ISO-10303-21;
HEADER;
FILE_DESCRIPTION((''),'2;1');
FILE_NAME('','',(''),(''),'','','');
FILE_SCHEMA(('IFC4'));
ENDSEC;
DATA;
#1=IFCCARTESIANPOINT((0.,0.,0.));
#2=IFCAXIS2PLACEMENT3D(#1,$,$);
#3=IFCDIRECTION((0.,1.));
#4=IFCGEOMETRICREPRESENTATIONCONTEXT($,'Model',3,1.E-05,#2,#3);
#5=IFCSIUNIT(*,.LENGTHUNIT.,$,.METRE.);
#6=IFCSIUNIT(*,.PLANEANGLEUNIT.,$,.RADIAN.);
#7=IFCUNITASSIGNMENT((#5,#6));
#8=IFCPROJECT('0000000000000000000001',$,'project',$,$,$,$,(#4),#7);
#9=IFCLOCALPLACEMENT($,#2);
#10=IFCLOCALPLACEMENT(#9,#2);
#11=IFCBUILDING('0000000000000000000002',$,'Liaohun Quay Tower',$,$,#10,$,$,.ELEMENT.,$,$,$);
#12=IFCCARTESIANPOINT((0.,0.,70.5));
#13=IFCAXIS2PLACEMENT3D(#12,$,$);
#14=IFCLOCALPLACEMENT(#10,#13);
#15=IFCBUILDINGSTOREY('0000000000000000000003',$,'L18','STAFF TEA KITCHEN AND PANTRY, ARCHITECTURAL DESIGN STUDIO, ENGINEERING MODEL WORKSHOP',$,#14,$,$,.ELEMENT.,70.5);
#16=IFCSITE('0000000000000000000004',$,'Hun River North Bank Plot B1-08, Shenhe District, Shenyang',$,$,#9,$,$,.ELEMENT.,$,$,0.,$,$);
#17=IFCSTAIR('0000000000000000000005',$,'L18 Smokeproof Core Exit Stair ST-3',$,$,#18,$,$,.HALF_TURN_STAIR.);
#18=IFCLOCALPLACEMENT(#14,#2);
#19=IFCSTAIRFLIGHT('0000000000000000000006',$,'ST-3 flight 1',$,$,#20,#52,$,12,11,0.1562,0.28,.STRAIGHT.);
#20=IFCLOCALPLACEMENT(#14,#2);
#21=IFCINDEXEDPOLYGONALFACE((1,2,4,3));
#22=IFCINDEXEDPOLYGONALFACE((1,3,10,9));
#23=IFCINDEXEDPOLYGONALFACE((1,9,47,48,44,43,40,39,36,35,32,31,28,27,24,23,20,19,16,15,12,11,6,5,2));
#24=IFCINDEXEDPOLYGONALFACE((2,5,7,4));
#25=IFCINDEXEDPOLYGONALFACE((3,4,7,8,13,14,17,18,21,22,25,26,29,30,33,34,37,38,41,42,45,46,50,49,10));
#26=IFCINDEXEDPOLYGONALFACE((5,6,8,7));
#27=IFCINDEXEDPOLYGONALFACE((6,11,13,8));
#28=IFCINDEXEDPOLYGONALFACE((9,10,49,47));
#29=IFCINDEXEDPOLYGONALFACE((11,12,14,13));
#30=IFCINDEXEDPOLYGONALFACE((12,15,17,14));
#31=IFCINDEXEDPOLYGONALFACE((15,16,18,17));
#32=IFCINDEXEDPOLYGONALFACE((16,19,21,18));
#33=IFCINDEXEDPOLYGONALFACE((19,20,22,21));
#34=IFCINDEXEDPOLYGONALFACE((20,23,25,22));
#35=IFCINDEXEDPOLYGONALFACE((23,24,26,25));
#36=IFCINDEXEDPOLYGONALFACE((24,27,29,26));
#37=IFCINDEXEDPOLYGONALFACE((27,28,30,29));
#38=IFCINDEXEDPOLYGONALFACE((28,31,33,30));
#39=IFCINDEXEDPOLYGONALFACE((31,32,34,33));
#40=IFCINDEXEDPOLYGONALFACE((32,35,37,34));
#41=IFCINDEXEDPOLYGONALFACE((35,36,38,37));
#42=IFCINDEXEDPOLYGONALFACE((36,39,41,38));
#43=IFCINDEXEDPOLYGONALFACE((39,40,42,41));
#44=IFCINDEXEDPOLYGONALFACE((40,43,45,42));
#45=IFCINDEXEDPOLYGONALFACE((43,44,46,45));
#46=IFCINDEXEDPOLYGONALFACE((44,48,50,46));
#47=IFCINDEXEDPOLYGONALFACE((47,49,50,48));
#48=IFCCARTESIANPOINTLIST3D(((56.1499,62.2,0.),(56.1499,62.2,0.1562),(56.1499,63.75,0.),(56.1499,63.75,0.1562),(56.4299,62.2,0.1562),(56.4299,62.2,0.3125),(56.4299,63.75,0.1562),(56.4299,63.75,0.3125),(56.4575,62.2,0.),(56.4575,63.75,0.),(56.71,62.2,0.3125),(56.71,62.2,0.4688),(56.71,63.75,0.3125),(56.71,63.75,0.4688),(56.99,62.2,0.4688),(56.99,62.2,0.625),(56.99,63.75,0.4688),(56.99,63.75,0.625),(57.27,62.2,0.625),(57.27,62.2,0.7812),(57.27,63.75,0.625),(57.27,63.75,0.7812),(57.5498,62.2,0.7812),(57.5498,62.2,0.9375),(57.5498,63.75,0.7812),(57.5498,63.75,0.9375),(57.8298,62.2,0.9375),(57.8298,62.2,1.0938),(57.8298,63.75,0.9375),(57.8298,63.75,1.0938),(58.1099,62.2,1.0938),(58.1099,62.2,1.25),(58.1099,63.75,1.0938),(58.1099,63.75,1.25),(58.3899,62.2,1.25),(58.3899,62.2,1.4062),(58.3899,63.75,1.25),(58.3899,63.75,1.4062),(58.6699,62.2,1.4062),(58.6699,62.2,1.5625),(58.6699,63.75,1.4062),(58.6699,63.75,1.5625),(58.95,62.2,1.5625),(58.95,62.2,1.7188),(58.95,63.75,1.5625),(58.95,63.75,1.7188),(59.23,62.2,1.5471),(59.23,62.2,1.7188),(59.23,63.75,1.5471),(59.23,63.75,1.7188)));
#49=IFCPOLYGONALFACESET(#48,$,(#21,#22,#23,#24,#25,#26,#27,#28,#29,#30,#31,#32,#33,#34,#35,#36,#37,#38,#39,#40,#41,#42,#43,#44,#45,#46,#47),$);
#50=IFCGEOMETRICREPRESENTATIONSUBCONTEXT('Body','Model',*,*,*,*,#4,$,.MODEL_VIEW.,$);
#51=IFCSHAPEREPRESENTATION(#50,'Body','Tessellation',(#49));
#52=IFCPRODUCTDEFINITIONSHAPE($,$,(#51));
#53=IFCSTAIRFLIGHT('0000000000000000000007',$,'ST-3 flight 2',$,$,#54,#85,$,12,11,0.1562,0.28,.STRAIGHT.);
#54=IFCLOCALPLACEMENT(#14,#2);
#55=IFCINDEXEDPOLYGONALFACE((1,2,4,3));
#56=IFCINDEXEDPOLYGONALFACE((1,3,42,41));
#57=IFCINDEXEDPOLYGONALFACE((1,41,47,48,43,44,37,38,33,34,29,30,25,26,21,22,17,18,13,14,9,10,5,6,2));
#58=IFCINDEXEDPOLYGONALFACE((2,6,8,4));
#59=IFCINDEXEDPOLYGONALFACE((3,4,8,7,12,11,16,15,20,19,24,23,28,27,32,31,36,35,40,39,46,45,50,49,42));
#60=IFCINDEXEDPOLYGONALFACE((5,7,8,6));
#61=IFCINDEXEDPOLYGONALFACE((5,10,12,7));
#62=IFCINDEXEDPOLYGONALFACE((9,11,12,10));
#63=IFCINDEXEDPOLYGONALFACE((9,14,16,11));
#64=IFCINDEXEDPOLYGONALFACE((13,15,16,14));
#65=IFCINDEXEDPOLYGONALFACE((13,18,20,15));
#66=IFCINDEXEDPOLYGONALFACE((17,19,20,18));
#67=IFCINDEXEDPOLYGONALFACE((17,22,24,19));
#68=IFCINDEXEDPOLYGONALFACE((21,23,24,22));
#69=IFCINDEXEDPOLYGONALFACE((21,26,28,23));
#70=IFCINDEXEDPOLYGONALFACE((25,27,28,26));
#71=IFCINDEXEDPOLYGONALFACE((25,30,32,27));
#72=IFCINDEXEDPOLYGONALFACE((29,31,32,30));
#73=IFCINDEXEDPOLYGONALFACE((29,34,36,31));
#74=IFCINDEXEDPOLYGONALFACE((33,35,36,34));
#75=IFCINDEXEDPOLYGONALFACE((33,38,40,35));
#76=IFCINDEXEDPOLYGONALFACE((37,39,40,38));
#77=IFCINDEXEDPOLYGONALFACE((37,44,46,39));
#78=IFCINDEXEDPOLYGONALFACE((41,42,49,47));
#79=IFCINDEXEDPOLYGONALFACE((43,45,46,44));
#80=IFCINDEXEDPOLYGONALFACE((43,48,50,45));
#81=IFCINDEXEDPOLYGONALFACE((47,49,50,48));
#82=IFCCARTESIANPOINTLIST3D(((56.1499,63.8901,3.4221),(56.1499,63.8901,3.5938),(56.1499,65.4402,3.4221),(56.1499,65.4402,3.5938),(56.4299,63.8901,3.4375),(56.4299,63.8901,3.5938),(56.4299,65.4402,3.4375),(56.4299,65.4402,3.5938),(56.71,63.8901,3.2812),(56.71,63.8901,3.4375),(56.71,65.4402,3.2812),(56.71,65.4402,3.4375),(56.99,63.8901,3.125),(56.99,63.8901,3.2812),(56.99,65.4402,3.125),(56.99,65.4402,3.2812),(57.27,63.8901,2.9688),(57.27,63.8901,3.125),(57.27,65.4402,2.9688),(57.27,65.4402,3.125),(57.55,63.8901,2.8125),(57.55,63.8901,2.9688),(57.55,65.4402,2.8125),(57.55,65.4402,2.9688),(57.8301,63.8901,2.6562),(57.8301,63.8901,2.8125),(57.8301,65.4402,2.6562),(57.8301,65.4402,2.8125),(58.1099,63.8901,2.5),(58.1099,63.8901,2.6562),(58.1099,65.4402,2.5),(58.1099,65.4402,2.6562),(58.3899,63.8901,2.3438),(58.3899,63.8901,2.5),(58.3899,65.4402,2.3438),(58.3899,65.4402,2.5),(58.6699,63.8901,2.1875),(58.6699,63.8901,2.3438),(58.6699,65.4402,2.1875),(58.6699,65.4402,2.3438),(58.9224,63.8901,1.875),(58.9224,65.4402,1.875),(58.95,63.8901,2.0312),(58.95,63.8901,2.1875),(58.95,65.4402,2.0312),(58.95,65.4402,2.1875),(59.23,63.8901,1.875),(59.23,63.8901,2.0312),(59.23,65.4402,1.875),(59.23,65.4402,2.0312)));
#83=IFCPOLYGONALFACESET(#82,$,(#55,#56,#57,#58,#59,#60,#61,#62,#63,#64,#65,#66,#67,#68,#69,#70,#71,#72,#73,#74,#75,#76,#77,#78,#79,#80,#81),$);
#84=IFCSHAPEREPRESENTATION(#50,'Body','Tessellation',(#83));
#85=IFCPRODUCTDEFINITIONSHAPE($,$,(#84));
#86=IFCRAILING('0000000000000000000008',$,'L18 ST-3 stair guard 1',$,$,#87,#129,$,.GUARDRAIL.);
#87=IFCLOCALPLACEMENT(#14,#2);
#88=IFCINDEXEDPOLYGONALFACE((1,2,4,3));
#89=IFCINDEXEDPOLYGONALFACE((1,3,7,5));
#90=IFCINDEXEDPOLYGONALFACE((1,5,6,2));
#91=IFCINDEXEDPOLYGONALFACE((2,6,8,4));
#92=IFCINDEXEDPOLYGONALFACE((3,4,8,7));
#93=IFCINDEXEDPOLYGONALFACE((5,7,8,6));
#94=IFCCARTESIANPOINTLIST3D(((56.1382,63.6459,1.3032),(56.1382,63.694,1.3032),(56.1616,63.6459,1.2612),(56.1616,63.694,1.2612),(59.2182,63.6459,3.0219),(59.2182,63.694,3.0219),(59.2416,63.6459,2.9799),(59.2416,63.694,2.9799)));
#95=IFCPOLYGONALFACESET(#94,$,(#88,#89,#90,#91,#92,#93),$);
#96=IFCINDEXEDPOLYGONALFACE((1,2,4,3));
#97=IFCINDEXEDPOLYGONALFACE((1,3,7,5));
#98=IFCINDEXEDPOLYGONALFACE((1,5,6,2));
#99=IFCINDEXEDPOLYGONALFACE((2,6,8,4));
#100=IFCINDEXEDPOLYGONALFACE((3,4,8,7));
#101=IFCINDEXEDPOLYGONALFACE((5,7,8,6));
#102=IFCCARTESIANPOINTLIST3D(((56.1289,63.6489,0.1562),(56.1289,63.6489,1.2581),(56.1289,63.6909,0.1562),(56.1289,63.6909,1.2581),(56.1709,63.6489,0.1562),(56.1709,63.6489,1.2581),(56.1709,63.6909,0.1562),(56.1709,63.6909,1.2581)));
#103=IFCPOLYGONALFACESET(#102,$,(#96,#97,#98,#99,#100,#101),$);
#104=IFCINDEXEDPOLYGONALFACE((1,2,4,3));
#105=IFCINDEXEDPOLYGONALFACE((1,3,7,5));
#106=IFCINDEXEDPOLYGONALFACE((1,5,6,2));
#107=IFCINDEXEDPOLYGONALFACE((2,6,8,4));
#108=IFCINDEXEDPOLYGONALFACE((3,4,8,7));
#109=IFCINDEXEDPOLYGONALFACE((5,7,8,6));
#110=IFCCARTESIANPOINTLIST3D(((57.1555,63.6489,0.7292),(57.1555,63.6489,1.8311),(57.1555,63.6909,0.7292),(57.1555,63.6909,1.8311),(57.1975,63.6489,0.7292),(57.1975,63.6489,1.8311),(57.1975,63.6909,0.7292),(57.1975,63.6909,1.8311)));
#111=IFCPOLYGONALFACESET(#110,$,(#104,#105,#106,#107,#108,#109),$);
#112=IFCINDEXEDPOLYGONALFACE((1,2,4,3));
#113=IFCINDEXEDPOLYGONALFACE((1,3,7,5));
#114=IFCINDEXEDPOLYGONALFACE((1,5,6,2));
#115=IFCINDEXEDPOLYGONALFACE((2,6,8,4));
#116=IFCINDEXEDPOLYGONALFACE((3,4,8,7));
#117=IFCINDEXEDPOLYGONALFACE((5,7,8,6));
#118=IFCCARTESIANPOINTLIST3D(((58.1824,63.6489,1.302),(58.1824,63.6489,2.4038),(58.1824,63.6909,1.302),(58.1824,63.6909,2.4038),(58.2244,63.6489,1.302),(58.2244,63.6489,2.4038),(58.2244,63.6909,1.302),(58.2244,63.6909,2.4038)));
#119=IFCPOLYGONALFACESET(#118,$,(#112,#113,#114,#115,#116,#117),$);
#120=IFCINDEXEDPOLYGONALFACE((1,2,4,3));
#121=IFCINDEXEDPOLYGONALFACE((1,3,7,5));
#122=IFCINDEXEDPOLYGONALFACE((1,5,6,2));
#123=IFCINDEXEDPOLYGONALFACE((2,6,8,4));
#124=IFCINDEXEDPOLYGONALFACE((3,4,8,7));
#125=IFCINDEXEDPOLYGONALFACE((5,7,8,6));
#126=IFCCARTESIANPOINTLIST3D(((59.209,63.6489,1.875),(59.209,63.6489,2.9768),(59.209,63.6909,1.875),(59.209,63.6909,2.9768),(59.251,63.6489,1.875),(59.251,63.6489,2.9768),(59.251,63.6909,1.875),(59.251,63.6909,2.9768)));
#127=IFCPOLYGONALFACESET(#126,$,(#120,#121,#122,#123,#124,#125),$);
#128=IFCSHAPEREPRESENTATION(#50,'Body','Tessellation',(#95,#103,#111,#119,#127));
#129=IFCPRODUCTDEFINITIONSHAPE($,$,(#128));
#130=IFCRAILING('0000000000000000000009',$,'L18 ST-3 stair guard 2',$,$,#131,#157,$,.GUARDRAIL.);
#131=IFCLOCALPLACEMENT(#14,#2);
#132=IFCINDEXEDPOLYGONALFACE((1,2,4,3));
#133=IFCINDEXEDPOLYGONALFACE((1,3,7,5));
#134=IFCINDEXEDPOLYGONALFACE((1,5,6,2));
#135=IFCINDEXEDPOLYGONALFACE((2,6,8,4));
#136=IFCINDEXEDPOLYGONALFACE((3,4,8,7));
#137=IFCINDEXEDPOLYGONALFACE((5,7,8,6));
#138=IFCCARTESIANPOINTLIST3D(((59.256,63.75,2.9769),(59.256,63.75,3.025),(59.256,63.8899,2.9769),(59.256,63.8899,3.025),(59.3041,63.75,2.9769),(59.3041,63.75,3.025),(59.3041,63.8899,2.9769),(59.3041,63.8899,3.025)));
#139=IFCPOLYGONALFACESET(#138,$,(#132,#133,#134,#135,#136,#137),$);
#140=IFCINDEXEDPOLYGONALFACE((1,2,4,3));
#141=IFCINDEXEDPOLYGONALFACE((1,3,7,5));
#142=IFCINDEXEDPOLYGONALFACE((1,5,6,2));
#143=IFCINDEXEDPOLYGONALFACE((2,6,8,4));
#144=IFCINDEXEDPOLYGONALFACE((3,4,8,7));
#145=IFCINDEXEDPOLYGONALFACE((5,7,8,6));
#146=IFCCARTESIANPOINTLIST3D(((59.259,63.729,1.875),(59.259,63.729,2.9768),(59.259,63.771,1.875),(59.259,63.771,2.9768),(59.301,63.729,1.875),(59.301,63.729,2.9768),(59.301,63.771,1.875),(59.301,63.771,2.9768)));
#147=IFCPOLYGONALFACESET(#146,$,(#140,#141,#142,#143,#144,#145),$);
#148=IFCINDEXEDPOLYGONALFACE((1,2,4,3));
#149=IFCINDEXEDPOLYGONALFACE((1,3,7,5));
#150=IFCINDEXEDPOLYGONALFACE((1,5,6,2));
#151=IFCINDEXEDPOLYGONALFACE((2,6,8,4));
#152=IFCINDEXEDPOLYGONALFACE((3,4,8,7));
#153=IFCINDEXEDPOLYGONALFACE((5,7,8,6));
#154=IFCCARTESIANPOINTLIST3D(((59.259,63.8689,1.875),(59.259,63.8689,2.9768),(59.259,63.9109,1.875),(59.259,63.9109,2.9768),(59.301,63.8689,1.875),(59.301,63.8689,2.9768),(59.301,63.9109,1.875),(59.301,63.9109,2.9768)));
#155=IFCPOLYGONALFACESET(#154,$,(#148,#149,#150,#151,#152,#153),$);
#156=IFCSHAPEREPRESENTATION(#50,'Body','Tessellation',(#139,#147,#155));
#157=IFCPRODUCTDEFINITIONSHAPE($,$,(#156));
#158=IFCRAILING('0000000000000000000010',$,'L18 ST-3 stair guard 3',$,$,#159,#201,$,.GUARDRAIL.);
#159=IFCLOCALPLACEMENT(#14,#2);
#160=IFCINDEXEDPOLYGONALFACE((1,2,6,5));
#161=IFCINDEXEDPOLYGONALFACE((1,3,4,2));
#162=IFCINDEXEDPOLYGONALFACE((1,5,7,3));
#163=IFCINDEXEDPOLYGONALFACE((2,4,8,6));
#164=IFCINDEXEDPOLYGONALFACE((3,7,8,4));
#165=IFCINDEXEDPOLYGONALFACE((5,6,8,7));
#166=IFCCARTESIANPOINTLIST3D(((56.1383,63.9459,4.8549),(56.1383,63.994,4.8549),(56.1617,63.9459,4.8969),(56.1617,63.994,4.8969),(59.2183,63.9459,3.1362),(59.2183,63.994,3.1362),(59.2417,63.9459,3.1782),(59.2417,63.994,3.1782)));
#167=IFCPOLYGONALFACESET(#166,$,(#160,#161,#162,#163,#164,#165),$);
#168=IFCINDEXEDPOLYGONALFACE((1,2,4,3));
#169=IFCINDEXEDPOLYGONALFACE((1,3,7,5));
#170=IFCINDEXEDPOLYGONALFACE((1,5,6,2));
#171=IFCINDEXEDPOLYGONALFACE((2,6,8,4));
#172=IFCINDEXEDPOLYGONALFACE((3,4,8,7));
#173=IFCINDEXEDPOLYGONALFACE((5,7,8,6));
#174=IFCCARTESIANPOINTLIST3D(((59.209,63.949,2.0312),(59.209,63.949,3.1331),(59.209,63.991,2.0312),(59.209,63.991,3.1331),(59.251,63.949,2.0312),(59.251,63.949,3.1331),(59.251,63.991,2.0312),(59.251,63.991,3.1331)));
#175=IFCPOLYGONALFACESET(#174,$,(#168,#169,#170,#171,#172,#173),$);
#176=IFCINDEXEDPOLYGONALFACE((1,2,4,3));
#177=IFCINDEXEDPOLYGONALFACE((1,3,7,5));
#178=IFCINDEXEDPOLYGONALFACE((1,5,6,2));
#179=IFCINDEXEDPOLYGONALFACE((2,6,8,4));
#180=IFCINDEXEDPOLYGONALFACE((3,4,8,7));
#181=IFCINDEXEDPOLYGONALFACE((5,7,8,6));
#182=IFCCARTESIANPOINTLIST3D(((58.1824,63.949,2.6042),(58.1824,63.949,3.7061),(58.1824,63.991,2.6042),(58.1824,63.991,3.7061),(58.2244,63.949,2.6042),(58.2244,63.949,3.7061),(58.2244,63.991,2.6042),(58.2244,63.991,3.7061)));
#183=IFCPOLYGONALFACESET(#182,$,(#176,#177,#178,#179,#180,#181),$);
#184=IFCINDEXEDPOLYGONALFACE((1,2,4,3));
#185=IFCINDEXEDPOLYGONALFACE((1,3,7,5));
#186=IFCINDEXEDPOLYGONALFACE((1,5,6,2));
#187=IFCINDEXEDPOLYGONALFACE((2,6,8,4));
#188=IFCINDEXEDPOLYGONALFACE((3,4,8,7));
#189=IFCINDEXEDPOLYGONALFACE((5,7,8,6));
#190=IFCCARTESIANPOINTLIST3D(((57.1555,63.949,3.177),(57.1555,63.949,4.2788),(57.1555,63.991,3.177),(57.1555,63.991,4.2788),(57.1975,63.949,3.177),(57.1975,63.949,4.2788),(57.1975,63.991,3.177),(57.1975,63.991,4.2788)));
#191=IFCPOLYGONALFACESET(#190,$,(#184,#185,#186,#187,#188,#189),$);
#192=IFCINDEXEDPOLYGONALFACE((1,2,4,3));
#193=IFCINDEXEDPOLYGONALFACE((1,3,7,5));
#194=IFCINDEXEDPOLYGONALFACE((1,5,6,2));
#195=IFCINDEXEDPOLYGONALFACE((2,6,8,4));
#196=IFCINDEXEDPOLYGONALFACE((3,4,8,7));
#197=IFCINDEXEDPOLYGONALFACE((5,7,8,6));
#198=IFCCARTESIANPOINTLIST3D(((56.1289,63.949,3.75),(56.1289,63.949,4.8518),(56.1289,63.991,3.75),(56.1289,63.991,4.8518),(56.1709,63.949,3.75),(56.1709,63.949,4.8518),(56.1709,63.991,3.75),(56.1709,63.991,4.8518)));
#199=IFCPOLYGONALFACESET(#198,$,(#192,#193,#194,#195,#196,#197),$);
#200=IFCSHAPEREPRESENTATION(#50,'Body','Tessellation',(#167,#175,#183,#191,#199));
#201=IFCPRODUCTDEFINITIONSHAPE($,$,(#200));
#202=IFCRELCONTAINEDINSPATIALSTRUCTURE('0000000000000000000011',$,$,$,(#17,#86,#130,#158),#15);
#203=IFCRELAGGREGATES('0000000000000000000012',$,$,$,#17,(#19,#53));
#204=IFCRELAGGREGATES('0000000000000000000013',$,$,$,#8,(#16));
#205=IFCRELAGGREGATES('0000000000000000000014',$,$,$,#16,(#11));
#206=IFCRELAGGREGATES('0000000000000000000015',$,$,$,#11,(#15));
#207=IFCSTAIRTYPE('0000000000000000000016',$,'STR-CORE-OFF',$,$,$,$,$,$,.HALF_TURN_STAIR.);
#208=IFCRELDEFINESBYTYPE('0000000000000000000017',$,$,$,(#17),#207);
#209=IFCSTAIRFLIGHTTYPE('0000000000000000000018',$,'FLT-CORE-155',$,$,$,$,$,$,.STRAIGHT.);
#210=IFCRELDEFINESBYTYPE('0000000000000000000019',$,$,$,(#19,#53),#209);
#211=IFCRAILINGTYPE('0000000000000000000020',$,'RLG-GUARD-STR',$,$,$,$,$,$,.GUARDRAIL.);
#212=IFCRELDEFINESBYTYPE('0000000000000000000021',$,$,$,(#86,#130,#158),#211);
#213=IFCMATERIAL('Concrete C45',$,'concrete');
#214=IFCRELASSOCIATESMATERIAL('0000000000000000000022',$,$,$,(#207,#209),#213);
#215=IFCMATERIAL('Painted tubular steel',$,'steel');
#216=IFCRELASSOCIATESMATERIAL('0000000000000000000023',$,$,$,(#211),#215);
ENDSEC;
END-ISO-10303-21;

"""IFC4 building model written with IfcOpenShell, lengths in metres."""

from ifc_helpers import new_model, si_unit, direction, frame, origin, origin_2d, place, context, subcontext, project, spatial, polyline, rectangle, outline, extrude, material, type_object, element, aggregate, save


model = new_model("IFC4")

# Units and contexts
model_context = context("Model", 3, precision=1e-05, world=origin(), true_north=direction((0.0, 1.0)))
body_context = subcontext(model_context, "Body", "Model", "MODEL_VIEW")
ifc_project = project(units=[si_unit("LENGTHUNIT", "METRE"), si_unit("PLANEANGLEUNIT", "RADIAN")], contexts=[model_context])

# Site, building, storey
site_placement = place(None, origin())
site = spatial("IfcSite", under=ifc_project, at=site_placement, Name="Hun River North Bank Plot B1-08, Shenhe District, Shenyang", CompositionType="ELEMENT", RefElevation=0.0)
building_placement = place(site_placement, origin())
building = spatial("IfcBuilding", under=site, at=building_placement, Name="Liaohun Quay Tower", CompositionType="ELEMENT")
storey_placement = place(building_placement, frame((0.0, 0.0, 70.5)))
storey = spatial("IfcBuildingStorey", under=building, at=storey_placement, Name="L18", Description="STAFF TEA KITCHEN AND PANTRY, ARCHITECTURAL DESIGN STUDIO, ENGINEERING MODEL WORKSHOP", CompositionType="ELEMENT", Elevation=70.5)

# Stair, stair flights
ifc_material_1 = material(Name="Concrete C45", Category="concrete")
stair_type = type_object("IfcStairType", Name="STR-CORE-OFF", PredefinedType="HALF_TURN_STAIR", material=ifc_material_1)
stair_placement = place(storey_placement, origin())
stair = element("IfcStair", 1, at=stair_placement, inside=storey, type_object=stair_type, Name="L18 Smokeproof Core Exit Stair ST-3", PredefinedType="HALF_TURN_STAIR")
stair_flight_type = type_object("IfcStairFlightType", Name="FLT-CORE-155", PredefinedType="STRAIGHT", material=ifc_material_1)
stair_flight_1_placement = place(storey_placement, frame((56.1499, 62.9751, 0.0), z_axis=(0.0, 0.0, 1.0), x_axis=(1.0, 0.0, 0.0)))
stair_flight_1 = element("IfcStairFlight", 2, at=stair_flight_1_placement, type_object=stair_flight_type, Name="ST-3 flight 1", NumberOfRisers=12, NumberOfTreads=11, PredefinedType="STRAIGHT", RiserHeight=0.1562, TreadLength=0.28, context=body_context, shape_type="SweptSolid", body=[
    extrude(outline(polyline([(0.0, 0.0), (0.0, 0.1562), (0.28, 0.1562), (0.28, 0.3125), (0.5601, 0.3125), (0.5601, 0.4688), (0.8401, 0.4688), (0.8401, 0.625), (1.1201, 0.625), (1.1201, 0.7812), (1.3999, 0.7812), (1.3999, 0.9375), (1.6799, 0.9375), (1.6799, 1.0938), (1.96, 1.0938), (1.96, 1.25), (2.24, 1.25), (2.24, 1.4062), (2.52, 1.4062), (2.52, 1.5625), (2.8, 1.5625), (2.8, 1.7188), (3.0801, 1.7188), (3.0801, 1.875), (3.0801, 1.5471), (0.3076, 0.0), (0.0, 0.0)])), frame((0.0, 0.7749, 0.0), z_axis=(0.0, -1.0, 0.0), x_axis=(1.0, 0.0, 0.0)), (0.0, 0.0, 1.0), 1.55),
])
stair_flight_2_placement = place(storey_placement, frame((59.23, 64.665, 1.875), z_axis=(0.0, 0.0, 1.0), x_axis=(-1.0, 0.0, 0.0)))
stair_flight_2 = element("IfcStairFlight", 3, at=stair_flight_2_placement, type_object=stair_flight_type, Name="ST-3 flight 2", NumberOfRisers=12, NumberOfTreads=11, PredefinedType="STRAIGHT", RiserHeight=0.1562, TreadLength=0.28, context=body_context, shape_type="SweptSolid", body=[
    extrude(outline(polyline([(0.0, 0.0), (0.0, 0.1562), (0.28, 0.1562), (0.28, 0.3125), (0.5601, 0.3125), (0.5601, 0.4688), (0.8401, 0.4688), (0.8401, 0.625), (1.1201, 0.625), (1.1201, 0.7812), (1.3999, 0.7812), (1.3999, 0.9375), (1.6799, 0.9375), (1.6799, 1.0938), (1.96, 1.0938), (1.96, 1.25), (2.24, 1.25), (2.24, 1.4062), (2.52, 1.4062), (2.52, 1.5625), (2.8, 1.5625), (2.8, 1.7188), (3.0801, 1.7188), (3.0801, 1.875), (3.0801, 1.5471), (0.3076, 0.0), (0.0, 0.0)])), frame((0.0, 0.7749, 0.0), z_axis=(0.0, -1.0, 0.0), x_axis=(1.0, 0.0, 0.0)), (0.0, 0.0, 1.0), 1.55),
])
aggregate(stair, [stair_flight_1, stair_flight_2])

# Railings
ifc_material_2 = material(Name="Painted tubular steel", Category="steel")
railing_type_1 = type_object("IfcRailingType", Name="RLG-GUARD-STR", PredefinedType="GUARDRAIL", material=ifc_material_2)
railing_1_placement = place(storey_placement, frame((56.1499, 63.6699, 0.1562)))
element("IfcRailing", 4, at=railing_1_placement, inside=storey, type_object=railing_type_1, Name="L18 ST-3 stair guard 1", PredefinedType="GUARDRAIL", context=body_context, shape_type="SweptSolid", body=[
    extrude(rectangle(XDim=0.0481, YDim=0.0481, at=origin_2d()), frame((0.0, 0.0, 1.126), z_axis=(0.873242, 0.0, 0.487288), x_axis=(0.0, 1.0, 0.0)), (0.0, 0.0, 1.0), 3.5271),
    extrude(rectangle(XDim=0.042, YDim=0.042, at=origin_2d()), origin(), (0.0, 0.0, 1.0), 1.1018),
    extrude(rectangle(XDim=0.042, YDim=0.042, at=origin_2d()), frame((1.0266, 0.0, 0.573)), (0.0, 0.0, 1.0), 1.1018),
    extrude(rectangle(XDim=0.042, YDim=0.042, at=origin_2d()), frame((2.0535, 0.0, 1.1458)), (0.0, 0.0, 1.0), 1.1018),
    extrude(rectangle(XDim=0.042, YDim=0.042, at=origin_2d()), frame((3.0801, 0.0, 1.7188)), (0.0, 0.0, 1.0), 1.1018),
])
railing_2_placement = place(storey_placement, frame((59.28, 63.75, 1.875)))
element("IfcRailing", 5, at=railing_2_placement, inside=storey, type_object=railing_type_1, Name="L18 ST-3 stair guard 2", PredefinedType="GUARDRAIL", context=body_context, shape_type="SweptSolid", body=[
    extrude(rectangle(XDim=0.0481, YDim=0.0481, at=origin_2d()), frame((0.0, 0.0, 1.126), z_axis=(0.0, 1.0, 0.0), x_axis=(-1.0, 0.0, 0.0)), (0.0, 0.0, 1.0), 0.1399),
    extrude(rectangle(XDim=0.042, YDim=0.042, at=origin_2d()), origin(), (0.0, 0.0, 1.0), 1.1018),
    extrude(rectangle(XDim=0.042, YDim=0.042, at=origin_2d()), frame((0.0, 0.1399, 0.0)), (0.0, 0.0, 1.0), 1.1018),
])
railing_3_placement = place(storey_placement, frame((59.23, 63.97, 2.0312)))
element("IfcRailing", 6, at=railing_3_placement, inside=storey, type_object=railing_type_1, Name="L18 ST-3 stair guard 3", PredefinedType="GUARDRAIL", context=body_context, shape_type="SweptSolid", body=[
    extrude(rectangle(XDim=0.0481, YDim=0.0481, at=origin_2d()), frame((0.0, 0.0, 1.126), z_axis=(-0.873242, 0.0, 0.487288), x_axis=(0.0, -1.0, 0.0)), (0.0, 0.0, 1.0), 3.5271),
    extrude(rectangle(XDim=0.042, YDim=0.042, at=origin_2d()), origin(), (0.0, 0.0, 1.0), 1.1018),
    extrude(rectangle(XDim=0.042, YDim=0.042, at=origin_2d()), frame((-1.0266, 0.0, 0.573)), (0.0, 0.0, 1.0), 1.1018),
    extrude(rectangle(XDim=0.042, YDim=0.042, at=origin_2d()), frame((-2.0535, 0.0, 1.1458)), (0.0, 0.0, 1.0), 1.1018),
    extrude(rectangle(XDim=0.042, YDim=0.042, at=origin_2d()), frame((-3.0801, 0.0, 1.7188)), (0.0, 0.0, 1.0), 1.1018),
])

save(model, "model.ifc")
